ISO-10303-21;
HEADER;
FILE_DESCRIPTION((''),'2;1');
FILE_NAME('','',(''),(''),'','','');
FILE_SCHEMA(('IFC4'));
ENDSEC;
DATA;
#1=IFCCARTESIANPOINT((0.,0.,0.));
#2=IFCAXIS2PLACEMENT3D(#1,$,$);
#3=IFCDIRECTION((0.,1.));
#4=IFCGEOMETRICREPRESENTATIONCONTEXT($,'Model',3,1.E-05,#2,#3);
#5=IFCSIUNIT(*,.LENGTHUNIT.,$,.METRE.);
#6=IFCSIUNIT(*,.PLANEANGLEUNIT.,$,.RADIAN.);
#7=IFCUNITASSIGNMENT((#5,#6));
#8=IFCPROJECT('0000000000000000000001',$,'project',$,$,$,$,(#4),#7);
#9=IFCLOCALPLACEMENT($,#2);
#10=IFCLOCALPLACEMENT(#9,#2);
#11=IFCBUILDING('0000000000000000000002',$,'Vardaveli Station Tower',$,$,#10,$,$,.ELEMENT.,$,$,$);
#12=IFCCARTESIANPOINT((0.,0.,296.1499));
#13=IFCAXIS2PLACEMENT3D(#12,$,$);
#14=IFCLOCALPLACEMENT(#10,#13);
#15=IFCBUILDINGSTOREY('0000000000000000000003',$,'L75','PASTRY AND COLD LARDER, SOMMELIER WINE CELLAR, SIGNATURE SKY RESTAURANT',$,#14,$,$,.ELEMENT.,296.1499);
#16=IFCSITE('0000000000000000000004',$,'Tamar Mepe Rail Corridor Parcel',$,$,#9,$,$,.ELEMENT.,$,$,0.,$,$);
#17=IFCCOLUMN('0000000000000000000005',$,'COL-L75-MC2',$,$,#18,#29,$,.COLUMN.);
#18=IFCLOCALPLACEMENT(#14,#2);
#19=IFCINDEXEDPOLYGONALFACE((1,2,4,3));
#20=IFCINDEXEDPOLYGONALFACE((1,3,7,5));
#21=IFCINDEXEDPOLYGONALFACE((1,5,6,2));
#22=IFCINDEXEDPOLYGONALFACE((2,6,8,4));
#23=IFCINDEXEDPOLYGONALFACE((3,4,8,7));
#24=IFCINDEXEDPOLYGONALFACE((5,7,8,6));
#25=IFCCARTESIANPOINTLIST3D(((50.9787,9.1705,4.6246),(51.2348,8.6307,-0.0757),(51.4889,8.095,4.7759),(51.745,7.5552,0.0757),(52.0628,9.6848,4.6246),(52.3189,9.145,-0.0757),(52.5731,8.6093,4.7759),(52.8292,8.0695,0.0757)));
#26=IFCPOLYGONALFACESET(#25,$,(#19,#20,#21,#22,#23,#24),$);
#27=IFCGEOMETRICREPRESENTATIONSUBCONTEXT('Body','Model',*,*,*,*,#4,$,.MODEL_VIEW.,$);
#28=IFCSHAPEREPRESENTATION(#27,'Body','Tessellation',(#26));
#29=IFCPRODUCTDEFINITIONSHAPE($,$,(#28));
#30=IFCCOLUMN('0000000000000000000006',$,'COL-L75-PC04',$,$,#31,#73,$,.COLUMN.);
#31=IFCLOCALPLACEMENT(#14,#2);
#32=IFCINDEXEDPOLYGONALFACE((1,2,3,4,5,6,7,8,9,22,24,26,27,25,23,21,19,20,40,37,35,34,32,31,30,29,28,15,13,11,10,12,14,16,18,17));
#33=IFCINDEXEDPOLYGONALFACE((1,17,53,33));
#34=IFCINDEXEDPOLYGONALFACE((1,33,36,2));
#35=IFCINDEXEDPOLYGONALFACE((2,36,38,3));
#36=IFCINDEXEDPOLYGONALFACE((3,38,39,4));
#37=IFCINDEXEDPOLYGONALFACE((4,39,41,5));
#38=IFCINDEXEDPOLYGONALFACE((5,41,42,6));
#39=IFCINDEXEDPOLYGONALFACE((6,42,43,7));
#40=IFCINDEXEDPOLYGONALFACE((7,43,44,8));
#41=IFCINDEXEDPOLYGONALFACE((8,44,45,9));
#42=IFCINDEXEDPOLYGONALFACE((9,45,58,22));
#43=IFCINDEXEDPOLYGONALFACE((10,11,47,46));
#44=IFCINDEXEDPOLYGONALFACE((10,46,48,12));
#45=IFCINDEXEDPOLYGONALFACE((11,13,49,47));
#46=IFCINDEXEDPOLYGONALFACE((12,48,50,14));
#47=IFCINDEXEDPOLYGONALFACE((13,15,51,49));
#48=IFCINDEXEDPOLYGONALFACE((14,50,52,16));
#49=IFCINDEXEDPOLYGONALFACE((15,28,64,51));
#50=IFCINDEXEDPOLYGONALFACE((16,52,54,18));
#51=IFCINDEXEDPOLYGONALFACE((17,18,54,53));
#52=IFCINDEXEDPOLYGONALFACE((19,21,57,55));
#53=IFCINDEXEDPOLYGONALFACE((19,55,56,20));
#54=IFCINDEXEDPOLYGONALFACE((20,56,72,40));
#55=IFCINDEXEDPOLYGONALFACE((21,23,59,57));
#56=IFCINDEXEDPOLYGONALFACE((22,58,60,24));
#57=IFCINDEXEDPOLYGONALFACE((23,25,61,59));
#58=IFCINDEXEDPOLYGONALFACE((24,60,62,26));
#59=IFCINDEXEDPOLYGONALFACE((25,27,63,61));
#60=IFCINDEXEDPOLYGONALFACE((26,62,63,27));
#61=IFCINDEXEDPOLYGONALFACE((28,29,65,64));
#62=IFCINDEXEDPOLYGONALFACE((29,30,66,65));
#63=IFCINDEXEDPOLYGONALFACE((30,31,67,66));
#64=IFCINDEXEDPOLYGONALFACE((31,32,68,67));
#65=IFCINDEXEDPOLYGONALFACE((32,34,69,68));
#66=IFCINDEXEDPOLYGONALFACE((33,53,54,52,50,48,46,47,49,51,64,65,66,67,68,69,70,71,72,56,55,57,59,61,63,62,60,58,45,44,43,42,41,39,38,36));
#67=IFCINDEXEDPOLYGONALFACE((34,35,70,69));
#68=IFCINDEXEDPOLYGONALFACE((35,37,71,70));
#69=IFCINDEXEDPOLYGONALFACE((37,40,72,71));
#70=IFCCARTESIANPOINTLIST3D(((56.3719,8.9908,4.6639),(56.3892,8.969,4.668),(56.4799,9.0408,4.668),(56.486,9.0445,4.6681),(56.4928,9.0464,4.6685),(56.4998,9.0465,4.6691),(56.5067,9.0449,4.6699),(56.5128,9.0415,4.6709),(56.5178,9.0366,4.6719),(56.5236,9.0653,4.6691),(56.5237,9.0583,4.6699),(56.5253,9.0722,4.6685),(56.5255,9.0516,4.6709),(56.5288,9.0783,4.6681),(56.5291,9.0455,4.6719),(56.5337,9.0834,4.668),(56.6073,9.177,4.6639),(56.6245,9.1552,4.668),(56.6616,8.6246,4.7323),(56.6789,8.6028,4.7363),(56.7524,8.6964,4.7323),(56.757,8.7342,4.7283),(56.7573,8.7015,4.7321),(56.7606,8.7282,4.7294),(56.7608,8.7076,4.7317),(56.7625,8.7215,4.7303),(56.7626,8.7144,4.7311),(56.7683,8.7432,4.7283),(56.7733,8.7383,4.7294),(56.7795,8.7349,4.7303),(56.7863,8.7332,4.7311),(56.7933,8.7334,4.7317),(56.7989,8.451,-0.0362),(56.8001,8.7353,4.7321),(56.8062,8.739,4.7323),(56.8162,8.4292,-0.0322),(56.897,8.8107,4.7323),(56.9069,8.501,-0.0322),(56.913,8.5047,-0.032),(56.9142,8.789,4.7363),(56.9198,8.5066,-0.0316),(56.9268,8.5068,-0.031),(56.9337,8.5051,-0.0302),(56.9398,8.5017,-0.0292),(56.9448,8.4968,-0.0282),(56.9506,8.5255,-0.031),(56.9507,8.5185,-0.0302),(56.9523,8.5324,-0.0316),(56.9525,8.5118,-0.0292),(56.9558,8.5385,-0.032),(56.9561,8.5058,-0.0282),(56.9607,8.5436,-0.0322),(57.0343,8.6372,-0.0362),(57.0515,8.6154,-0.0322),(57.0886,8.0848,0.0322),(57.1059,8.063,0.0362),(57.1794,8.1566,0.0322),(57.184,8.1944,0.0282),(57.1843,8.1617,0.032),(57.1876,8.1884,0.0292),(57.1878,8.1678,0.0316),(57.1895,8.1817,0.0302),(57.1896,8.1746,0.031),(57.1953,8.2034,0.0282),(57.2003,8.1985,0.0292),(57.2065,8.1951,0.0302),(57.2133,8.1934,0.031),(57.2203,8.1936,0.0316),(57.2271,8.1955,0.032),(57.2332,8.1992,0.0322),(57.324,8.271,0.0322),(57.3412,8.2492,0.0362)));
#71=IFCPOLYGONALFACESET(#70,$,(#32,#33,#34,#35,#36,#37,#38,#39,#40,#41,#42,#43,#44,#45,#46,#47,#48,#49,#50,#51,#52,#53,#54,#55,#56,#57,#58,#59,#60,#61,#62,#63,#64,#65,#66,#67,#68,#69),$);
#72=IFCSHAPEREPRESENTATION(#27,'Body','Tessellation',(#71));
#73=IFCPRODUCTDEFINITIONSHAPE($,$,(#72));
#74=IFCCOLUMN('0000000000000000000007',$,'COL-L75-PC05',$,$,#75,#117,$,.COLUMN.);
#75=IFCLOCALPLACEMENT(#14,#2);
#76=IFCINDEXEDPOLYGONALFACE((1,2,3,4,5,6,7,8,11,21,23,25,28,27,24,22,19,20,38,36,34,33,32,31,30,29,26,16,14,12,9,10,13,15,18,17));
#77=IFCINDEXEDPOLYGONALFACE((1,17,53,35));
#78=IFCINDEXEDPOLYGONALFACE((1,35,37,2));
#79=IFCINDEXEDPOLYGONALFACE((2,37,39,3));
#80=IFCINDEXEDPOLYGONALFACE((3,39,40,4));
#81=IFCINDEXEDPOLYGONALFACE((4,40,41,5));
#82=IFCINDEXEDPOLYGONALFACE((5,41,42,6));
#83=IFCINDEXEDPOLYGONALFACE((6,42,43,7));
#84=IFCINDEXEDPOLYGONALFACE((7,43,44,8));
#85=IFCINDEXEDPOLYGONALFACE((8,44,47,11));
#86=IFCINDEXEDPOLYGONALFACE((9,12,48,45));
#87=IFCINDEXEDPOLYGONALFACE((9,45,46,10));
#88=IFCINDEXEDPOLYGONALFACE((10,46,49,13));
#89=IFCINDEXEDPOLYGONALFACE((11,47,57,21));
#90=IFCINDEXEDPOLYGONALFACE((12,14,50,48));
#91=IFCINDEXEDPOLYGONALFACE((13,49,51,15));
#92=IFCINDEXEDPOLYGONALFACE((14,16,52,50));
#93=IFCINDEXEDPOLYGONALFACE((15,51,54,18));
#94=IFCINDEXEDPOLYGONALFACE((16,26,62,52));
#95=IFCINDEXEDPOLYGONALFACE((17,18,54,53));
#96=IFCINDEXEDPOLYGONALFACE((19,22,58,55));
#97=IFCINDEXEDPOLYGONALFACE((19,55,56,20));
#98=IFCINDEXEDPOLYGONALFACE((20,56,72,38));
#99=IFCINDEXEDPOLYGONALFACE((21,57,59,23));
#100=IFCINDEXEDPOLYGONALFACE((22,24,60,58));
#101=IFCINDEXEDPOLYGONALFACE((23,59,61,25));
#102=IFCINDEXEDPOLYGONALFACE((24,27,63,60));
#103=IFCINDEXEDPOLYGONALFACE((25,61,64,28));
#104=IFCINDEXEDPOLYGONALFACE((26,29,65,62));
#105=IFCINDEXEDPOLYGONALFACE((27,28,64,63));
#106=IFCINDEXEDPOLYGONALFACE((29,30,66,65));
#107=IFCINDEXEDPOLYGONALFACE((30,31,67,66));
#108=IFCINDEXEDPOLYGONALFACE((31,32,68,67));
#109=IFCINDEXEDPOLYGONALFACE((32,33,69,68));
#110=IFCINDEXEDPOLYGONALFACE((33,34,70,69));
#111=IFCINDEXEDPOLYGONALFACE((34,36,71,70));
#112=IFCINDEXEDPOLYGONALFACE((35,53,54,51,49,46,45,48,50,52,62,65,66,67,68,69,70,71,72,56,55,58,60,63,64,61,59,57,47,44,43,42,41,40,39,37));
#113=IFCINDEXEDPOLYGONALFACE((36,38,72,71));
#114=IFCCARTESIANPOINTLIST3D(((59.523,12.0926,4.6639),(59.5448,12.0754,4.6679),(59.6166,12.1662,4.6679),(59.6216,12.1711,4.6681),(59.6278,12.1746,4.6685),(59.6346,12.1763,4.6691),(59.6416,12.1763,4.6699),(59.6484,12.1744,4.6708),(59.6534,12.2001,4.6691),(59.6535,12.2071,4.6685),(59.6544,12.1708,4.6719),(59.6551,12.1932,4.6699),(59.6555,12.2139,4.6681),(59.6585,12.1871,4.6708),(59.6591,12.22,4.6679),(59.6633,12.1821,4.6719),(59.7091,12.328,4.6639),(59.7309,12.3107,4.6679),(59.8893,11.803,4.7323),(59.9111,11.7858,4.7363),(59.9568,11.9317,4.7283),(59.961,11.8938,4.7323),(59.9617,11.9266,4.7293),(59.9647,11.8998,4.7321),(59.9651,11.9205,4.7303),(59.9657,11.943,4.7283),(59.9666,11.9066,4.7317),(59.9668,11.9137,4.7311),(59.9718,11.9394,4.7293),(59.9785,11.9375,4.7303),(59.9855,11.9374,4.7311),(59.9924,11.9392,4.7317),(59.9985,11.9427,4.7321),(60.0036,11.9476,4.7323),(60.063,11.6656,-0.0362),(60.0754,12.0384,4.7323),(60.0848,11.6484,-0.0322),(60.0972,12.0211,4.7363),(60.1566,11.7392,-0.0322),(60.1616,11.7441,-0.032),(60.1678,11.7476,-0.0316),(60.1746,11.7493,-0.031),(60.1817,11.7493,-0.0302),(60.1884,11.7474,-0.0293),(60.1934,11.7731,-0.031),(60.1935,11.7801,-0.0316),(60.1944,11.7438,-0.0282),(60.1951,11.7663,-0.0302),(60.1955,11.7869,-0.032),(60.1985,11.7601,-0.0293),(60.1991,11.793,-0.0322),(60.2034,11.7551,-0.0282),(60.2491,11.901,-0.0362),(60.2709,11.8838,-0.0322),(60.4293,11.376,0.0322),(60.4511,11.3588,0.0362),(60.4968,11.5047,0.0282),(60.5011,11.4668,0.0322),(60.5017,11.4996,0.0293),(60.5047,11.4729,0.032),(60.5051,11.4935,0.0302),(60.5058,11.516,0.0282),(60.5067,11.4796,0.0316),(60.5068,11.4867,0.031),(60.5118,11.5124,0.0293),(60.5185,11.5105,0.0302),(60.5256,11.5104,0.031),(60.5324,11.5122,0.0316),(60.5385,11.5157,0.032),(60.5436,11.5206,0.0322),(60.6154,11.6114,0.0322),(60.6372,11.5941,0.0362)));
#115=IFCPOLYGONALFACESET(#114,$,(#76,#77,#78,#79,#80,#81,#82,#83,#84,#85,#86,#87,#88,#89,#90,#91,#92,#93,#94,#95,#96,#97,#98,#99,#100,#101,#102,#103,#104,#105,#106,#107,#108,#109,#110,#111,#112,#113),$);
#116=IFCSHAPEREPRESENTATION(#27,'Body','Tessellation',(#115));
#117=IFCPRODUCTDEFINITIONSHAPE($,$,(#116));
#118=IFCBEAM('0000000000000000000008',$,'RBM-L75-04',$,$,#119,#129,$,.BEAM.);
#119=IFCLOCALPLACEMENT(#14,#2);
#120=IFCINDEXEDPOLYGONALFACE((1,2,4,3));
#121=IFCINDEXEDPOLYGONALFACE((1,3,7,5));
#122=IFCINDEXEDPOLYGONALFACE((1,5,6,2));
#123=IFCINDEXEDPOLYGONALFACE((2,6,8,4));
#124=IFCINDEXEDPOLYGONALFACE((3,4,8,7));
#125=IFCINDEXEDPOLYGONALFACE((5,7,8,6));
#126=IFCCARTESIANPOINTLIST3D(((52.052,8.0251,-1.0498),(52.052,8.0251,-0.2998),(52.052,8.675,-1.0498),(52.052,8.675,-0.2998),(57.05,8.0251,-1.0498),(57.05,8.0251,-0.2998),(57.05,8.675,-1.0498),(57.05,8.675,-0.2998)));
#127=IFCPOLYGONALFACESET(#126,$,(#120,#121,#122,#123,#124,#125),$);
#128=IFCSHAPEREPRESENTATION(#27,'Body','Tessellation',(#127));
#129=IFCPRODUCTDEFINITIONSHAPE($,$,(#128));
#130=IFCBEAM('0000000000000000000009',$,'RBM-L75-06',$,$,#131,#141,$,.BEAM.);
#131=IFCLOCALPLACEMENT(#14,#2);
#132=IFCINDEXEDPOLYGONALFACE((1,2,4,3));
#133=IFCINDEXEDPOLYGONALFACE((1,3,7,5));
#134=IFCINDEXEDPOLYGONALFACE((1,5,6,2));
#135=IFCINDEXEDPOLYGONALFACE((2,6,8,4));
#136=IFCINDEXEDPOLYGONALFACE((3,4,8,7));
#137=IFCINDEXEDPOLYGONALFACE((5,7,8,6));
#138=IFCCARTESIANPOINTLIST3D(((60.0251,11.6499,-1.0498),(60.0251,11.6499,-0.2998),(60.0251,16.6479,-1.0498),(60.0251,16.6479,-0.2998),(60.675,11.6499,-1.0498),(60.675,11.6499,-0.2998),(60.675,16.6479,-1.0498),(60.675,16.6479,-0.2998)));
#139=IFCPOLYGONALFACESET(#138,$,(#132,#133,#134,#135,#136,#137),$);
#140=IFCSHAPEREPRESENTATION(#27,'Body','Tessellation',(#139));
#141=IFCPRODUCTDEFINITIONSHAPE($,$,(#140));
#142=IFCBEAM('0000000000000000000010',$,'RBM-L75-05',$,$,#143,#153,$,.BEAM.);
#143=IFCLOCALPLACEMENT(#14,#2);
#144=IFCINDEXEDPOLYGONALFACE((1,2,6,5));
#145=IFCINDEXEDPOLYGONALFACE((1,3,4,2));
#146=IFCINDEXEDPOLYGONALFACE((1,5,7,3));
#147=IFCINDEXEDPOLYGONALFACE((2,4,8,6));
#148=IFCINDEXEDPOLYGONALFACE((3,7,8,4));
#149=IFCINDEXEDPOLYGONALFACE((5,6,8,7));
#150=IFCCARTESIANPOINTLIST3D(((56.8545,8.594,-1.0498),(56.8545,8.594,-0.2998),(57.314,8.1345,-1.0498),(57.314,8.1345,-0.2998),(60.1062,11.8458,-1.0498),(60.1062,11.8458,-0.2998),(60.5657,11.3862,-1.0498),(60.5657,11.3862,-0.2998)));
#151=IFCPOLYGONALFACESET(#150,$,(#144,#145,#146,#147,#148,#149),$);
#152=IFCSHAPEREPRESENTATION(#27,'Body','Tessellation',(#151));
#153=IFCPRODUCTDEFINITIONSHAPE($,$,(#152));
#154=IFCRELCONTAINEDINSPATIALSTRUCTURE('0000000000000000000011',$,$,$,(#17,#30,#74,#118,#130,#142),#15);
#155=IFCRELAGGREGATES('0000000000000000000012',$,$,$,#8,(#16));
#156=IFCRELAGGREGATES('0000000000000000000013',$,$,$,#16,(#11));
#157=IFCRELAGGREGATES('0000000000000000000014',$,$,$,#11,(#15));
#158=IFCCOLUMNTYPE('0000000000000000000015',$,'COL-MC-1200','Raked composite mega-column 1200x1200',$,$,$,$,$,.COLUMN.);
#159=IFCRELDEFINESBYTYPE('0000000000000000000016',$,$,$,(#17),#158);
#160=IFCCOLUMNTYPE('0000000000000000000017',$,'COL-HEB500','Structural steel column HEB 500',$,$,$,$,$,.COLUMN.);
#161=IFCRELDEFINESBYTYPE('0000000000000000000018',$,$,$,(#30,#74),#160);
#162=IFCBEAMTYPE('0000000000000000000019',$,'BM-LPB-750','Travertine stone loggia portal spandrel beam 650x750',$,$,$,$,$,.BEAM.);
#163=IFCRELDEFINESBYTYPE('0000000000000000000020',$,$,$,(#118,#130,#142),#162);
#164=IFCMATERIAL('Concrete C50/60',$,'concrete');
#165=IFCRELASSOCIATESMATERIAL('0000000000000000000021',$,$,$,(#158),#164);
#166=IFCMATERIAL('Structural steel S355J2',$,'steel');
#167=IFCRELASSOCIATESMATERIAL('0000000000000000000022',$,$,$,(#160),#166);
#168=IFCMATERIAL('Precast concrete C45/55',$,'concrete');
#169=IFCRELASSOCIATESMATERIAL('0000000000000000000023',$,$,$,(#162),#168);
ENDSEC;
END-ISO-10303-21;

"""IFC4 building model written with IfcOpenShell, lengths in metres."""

from ifc_helpers import new_model, si_unit, direction, frame, origin, origin_2d, place, context, subcontext, project, spatial, rectangle, i_section, extrude, source, transform, mapped, material, material_profile, profile_set, type_object, element, save


model = new_model("IFC4")

# Units and contexts
model_context = context("Model", 3, precision=1e-05, world=origin(), true_north=direction((0.0, 1.0)))
body_context = subcontext(model_context, "Body", "Model", "MODEL_VIEW")
ifc_project = project(units=[si_unit("LENGTHUNIT", "METRE"), si_unit("PLANEANGLEUNIT", "RADIAN")], contexts=[model_context])

# Site, building, storey
site_placement = place(None, origin())
site = spatial("IfcSite", under=ifc_project, at=site_placement, Name="Tamar Mepe Rail Corridor Parcel", CompositionType="ELEMENT", RefElevation=0.0)
building_placement = place(site_placement, origin())
building = spatial("IfcBuilding", under=site, at=building_placement, Name="Vardaveli Station Tower", CompositionType="ELEMENT")
storey_placement = place(building_placement, frame((0.0, 0.0, 296.1499)))
storey = spatial("IfcBuildingStorey", under=building, at=storey_placement, Name="L75", Description="PASTRY AND COLD LARDER, SOMMELIER WINE CELLAR, SIGNATURE SKY RESTAURANT", CompositionType="ELEMENT", Elevation=296.1499)

# Columns
ifc_material_1 = material(Name="Concrete C50/60", Category="concrete")
ifc_material_profile_1 = material_profile(ifc_material_1, rectangle(XDim=1.2, YDim=1.2, at=origin_2d()), Name="MC 1200x1200")
ifc_profile_set_1 = profile_set([ifc_material_profile_1], Name="Concrete C50/60")
column_type_1 = type_object("IfcColumnType", Name="COL-MC-1200", Description="Raked composite mega-column 1200x1200", PredefinedType="COLUMN", material=ifc_profile_set_1)
shared_shape_1 = source(origin(), body_context, "Body", "SweptSolid", [
    extrude(rectangle(XDim=1.2, YDim=1.2, at=origin_2d()), origin(), (0.0, 0.0, 1.0), 4.738),
])
column_placement = place(storey_placement, frame((52.032, 8.3501, 0.0), z_axis=(-0.054053, 0.113928, 0.992017), x_axis=(-0.903471, -0.428648, 0.0)))
element("IfcColumn", 1, at=column_placement, inside=storey, type_object=column_type_1, Name="COL-L75-MC2", PredefinedType="COLUMN", context=body_context, shape_type="MappedRepresentation", body=[
    mapped(shared_shape_1, transform((0.0, 0.0, 0.0), scale=1.0)),
])
ifc_material_2 = material(Name="Structural steel S355J2", Category="steel")
ifc_material_profile_2 = material_profile(ifc_material_2, i_section(OverallWidth=0.3, OverallDepth=0.5, WebThickness=0.0144, FlangeThickness=0.0281, FilletRadius=0.0271, at=origin_2d()), Name="HEB 500")
ifc_profile_set_2 = profile_set([ifc_material_profile_2], Name="Structural steel S355J2")
column_type_2 = type_object("IfcColumnType", Name="COL-HEB500", Description="Structural steel column HEB 500", PredefinedType="COLUMN", material=ifc_profile_set_2)
shared_shape_2 = source(origin(), body_context, "Body", "SweptSolid", [
    extrude(i_section(OverallWidth=0.3, OverallDepth=0.5, WebThickness=0.0144, FlangeThickness=0.0281, FilletRadius=0.0271, at=origin_2d()), origin(), (0.0, 0.0, 1.0), 4.7502),
])
for number, where, z_axis, x_axis, name in (
    (2, (57.0701, 8.3501, 0.0), (-0.089889, 0.113633, 0.989448), (-0.784283, -0.620403, 0.0), "COL-L75-PC04"),
    (3, (60.3501, 11.6299, 0.0), (-0.113684, 0.089889, 0.989442), (-0.620231, -0.78442, 0.0), "COL-L75-PC05"),
):
    element("IfcColumn", number, at=place(storey_placement, frame(where, z_axis=z_axis, x_axis=x_axis)), inside=storey, type_object=column_type_2, Name=name, PredefinedType="COLUMN", context=body_context, shape_type="MappedRepresentation", body=[
        mapped(shared_shape_2, transform((0.0, 0.0, 0.0), scale=1.0)),
    ])

# Beams
ifc_material_3 = material(Name="Precast concrete C45/55", Category="concrete")
ifc_material_profile_3 = material_profile(ifc_material_3, rectangle(XDim=0.6499, YDim=0.75, at=origin_2d()), Name="LPB 650x750")
ifc_profile_set_3 = profile_set([ifc_material_profile_3], Name="Precast concrete C45/55")
beam_type_1 = type_object("IfcBeamType", Name="BM-LPB-750", Description="Travertine stone loggia portal spandrel beam 650x750", PredefinedType="BEAM", material=ifc_profile_set_3)
shared_shape_3 = source(origin(), body_context, "Body", "SweptSolid", [
    extrude(rectangle(XDim=0.6499, YDim=0.75, at=origin_2d()), origin(), (0.0, 0.0, 1.0), 4.998),
])
for number, where, z_axis, x_axis, name in (
    (4, (52.052, 8.3501, -0.6748), (1.0, 0.0, 0.0), (0.0, 1.0, 0.0), "RBM-L75-04"),
    (5, (60.3501, 11.6499, -0.6748), (0.0, 1.0, 0.0), (-1.0, 0.0, 0.0), "RBM-L75-06"),
):
    element("IfcBeam", number, at=place(storey_placement, frame(where, z_axis=z_axis, x_axis=x_axis)), inside=storey, type_object=beam_type_1, Name=name, PredefinedType="BEAM", context=body_context, shape_type="MappedRepresentation", body=[
        mapped(shared_shape_3, transform((0.0, 0.0, 0.0), scale=1.0)),
    ])
shared_shape_4 = source(origin(), body_context, "Body", "SweptSolid", [
    extrude(rectangle(XDim=0.6499, YDim=0.75, at=origin_2d()), origin(), (0.0, 0.0, 1.0), 4.5986),
])
beam_1_placement = place(storey_placement, frame((57.0842, 8.3643, -0.6748), z_axis=(0.707107, 0.707107, 0.0), x_axis=(-0.707107, 0.707107, 0.0)))
element("IfcBeam", 6, at=beam_1_placement, inside=storey, type_object=beam_type_1, Name="RBM-L75-05", PredefinedType="BEAM", context=body_context, shape_type="MappedRepresentation", body=[
    mapped(shared_shape_4, transform((0.0, 0.0, 0.0), scale=1.0)),
])

save(model, "model.ifc")
